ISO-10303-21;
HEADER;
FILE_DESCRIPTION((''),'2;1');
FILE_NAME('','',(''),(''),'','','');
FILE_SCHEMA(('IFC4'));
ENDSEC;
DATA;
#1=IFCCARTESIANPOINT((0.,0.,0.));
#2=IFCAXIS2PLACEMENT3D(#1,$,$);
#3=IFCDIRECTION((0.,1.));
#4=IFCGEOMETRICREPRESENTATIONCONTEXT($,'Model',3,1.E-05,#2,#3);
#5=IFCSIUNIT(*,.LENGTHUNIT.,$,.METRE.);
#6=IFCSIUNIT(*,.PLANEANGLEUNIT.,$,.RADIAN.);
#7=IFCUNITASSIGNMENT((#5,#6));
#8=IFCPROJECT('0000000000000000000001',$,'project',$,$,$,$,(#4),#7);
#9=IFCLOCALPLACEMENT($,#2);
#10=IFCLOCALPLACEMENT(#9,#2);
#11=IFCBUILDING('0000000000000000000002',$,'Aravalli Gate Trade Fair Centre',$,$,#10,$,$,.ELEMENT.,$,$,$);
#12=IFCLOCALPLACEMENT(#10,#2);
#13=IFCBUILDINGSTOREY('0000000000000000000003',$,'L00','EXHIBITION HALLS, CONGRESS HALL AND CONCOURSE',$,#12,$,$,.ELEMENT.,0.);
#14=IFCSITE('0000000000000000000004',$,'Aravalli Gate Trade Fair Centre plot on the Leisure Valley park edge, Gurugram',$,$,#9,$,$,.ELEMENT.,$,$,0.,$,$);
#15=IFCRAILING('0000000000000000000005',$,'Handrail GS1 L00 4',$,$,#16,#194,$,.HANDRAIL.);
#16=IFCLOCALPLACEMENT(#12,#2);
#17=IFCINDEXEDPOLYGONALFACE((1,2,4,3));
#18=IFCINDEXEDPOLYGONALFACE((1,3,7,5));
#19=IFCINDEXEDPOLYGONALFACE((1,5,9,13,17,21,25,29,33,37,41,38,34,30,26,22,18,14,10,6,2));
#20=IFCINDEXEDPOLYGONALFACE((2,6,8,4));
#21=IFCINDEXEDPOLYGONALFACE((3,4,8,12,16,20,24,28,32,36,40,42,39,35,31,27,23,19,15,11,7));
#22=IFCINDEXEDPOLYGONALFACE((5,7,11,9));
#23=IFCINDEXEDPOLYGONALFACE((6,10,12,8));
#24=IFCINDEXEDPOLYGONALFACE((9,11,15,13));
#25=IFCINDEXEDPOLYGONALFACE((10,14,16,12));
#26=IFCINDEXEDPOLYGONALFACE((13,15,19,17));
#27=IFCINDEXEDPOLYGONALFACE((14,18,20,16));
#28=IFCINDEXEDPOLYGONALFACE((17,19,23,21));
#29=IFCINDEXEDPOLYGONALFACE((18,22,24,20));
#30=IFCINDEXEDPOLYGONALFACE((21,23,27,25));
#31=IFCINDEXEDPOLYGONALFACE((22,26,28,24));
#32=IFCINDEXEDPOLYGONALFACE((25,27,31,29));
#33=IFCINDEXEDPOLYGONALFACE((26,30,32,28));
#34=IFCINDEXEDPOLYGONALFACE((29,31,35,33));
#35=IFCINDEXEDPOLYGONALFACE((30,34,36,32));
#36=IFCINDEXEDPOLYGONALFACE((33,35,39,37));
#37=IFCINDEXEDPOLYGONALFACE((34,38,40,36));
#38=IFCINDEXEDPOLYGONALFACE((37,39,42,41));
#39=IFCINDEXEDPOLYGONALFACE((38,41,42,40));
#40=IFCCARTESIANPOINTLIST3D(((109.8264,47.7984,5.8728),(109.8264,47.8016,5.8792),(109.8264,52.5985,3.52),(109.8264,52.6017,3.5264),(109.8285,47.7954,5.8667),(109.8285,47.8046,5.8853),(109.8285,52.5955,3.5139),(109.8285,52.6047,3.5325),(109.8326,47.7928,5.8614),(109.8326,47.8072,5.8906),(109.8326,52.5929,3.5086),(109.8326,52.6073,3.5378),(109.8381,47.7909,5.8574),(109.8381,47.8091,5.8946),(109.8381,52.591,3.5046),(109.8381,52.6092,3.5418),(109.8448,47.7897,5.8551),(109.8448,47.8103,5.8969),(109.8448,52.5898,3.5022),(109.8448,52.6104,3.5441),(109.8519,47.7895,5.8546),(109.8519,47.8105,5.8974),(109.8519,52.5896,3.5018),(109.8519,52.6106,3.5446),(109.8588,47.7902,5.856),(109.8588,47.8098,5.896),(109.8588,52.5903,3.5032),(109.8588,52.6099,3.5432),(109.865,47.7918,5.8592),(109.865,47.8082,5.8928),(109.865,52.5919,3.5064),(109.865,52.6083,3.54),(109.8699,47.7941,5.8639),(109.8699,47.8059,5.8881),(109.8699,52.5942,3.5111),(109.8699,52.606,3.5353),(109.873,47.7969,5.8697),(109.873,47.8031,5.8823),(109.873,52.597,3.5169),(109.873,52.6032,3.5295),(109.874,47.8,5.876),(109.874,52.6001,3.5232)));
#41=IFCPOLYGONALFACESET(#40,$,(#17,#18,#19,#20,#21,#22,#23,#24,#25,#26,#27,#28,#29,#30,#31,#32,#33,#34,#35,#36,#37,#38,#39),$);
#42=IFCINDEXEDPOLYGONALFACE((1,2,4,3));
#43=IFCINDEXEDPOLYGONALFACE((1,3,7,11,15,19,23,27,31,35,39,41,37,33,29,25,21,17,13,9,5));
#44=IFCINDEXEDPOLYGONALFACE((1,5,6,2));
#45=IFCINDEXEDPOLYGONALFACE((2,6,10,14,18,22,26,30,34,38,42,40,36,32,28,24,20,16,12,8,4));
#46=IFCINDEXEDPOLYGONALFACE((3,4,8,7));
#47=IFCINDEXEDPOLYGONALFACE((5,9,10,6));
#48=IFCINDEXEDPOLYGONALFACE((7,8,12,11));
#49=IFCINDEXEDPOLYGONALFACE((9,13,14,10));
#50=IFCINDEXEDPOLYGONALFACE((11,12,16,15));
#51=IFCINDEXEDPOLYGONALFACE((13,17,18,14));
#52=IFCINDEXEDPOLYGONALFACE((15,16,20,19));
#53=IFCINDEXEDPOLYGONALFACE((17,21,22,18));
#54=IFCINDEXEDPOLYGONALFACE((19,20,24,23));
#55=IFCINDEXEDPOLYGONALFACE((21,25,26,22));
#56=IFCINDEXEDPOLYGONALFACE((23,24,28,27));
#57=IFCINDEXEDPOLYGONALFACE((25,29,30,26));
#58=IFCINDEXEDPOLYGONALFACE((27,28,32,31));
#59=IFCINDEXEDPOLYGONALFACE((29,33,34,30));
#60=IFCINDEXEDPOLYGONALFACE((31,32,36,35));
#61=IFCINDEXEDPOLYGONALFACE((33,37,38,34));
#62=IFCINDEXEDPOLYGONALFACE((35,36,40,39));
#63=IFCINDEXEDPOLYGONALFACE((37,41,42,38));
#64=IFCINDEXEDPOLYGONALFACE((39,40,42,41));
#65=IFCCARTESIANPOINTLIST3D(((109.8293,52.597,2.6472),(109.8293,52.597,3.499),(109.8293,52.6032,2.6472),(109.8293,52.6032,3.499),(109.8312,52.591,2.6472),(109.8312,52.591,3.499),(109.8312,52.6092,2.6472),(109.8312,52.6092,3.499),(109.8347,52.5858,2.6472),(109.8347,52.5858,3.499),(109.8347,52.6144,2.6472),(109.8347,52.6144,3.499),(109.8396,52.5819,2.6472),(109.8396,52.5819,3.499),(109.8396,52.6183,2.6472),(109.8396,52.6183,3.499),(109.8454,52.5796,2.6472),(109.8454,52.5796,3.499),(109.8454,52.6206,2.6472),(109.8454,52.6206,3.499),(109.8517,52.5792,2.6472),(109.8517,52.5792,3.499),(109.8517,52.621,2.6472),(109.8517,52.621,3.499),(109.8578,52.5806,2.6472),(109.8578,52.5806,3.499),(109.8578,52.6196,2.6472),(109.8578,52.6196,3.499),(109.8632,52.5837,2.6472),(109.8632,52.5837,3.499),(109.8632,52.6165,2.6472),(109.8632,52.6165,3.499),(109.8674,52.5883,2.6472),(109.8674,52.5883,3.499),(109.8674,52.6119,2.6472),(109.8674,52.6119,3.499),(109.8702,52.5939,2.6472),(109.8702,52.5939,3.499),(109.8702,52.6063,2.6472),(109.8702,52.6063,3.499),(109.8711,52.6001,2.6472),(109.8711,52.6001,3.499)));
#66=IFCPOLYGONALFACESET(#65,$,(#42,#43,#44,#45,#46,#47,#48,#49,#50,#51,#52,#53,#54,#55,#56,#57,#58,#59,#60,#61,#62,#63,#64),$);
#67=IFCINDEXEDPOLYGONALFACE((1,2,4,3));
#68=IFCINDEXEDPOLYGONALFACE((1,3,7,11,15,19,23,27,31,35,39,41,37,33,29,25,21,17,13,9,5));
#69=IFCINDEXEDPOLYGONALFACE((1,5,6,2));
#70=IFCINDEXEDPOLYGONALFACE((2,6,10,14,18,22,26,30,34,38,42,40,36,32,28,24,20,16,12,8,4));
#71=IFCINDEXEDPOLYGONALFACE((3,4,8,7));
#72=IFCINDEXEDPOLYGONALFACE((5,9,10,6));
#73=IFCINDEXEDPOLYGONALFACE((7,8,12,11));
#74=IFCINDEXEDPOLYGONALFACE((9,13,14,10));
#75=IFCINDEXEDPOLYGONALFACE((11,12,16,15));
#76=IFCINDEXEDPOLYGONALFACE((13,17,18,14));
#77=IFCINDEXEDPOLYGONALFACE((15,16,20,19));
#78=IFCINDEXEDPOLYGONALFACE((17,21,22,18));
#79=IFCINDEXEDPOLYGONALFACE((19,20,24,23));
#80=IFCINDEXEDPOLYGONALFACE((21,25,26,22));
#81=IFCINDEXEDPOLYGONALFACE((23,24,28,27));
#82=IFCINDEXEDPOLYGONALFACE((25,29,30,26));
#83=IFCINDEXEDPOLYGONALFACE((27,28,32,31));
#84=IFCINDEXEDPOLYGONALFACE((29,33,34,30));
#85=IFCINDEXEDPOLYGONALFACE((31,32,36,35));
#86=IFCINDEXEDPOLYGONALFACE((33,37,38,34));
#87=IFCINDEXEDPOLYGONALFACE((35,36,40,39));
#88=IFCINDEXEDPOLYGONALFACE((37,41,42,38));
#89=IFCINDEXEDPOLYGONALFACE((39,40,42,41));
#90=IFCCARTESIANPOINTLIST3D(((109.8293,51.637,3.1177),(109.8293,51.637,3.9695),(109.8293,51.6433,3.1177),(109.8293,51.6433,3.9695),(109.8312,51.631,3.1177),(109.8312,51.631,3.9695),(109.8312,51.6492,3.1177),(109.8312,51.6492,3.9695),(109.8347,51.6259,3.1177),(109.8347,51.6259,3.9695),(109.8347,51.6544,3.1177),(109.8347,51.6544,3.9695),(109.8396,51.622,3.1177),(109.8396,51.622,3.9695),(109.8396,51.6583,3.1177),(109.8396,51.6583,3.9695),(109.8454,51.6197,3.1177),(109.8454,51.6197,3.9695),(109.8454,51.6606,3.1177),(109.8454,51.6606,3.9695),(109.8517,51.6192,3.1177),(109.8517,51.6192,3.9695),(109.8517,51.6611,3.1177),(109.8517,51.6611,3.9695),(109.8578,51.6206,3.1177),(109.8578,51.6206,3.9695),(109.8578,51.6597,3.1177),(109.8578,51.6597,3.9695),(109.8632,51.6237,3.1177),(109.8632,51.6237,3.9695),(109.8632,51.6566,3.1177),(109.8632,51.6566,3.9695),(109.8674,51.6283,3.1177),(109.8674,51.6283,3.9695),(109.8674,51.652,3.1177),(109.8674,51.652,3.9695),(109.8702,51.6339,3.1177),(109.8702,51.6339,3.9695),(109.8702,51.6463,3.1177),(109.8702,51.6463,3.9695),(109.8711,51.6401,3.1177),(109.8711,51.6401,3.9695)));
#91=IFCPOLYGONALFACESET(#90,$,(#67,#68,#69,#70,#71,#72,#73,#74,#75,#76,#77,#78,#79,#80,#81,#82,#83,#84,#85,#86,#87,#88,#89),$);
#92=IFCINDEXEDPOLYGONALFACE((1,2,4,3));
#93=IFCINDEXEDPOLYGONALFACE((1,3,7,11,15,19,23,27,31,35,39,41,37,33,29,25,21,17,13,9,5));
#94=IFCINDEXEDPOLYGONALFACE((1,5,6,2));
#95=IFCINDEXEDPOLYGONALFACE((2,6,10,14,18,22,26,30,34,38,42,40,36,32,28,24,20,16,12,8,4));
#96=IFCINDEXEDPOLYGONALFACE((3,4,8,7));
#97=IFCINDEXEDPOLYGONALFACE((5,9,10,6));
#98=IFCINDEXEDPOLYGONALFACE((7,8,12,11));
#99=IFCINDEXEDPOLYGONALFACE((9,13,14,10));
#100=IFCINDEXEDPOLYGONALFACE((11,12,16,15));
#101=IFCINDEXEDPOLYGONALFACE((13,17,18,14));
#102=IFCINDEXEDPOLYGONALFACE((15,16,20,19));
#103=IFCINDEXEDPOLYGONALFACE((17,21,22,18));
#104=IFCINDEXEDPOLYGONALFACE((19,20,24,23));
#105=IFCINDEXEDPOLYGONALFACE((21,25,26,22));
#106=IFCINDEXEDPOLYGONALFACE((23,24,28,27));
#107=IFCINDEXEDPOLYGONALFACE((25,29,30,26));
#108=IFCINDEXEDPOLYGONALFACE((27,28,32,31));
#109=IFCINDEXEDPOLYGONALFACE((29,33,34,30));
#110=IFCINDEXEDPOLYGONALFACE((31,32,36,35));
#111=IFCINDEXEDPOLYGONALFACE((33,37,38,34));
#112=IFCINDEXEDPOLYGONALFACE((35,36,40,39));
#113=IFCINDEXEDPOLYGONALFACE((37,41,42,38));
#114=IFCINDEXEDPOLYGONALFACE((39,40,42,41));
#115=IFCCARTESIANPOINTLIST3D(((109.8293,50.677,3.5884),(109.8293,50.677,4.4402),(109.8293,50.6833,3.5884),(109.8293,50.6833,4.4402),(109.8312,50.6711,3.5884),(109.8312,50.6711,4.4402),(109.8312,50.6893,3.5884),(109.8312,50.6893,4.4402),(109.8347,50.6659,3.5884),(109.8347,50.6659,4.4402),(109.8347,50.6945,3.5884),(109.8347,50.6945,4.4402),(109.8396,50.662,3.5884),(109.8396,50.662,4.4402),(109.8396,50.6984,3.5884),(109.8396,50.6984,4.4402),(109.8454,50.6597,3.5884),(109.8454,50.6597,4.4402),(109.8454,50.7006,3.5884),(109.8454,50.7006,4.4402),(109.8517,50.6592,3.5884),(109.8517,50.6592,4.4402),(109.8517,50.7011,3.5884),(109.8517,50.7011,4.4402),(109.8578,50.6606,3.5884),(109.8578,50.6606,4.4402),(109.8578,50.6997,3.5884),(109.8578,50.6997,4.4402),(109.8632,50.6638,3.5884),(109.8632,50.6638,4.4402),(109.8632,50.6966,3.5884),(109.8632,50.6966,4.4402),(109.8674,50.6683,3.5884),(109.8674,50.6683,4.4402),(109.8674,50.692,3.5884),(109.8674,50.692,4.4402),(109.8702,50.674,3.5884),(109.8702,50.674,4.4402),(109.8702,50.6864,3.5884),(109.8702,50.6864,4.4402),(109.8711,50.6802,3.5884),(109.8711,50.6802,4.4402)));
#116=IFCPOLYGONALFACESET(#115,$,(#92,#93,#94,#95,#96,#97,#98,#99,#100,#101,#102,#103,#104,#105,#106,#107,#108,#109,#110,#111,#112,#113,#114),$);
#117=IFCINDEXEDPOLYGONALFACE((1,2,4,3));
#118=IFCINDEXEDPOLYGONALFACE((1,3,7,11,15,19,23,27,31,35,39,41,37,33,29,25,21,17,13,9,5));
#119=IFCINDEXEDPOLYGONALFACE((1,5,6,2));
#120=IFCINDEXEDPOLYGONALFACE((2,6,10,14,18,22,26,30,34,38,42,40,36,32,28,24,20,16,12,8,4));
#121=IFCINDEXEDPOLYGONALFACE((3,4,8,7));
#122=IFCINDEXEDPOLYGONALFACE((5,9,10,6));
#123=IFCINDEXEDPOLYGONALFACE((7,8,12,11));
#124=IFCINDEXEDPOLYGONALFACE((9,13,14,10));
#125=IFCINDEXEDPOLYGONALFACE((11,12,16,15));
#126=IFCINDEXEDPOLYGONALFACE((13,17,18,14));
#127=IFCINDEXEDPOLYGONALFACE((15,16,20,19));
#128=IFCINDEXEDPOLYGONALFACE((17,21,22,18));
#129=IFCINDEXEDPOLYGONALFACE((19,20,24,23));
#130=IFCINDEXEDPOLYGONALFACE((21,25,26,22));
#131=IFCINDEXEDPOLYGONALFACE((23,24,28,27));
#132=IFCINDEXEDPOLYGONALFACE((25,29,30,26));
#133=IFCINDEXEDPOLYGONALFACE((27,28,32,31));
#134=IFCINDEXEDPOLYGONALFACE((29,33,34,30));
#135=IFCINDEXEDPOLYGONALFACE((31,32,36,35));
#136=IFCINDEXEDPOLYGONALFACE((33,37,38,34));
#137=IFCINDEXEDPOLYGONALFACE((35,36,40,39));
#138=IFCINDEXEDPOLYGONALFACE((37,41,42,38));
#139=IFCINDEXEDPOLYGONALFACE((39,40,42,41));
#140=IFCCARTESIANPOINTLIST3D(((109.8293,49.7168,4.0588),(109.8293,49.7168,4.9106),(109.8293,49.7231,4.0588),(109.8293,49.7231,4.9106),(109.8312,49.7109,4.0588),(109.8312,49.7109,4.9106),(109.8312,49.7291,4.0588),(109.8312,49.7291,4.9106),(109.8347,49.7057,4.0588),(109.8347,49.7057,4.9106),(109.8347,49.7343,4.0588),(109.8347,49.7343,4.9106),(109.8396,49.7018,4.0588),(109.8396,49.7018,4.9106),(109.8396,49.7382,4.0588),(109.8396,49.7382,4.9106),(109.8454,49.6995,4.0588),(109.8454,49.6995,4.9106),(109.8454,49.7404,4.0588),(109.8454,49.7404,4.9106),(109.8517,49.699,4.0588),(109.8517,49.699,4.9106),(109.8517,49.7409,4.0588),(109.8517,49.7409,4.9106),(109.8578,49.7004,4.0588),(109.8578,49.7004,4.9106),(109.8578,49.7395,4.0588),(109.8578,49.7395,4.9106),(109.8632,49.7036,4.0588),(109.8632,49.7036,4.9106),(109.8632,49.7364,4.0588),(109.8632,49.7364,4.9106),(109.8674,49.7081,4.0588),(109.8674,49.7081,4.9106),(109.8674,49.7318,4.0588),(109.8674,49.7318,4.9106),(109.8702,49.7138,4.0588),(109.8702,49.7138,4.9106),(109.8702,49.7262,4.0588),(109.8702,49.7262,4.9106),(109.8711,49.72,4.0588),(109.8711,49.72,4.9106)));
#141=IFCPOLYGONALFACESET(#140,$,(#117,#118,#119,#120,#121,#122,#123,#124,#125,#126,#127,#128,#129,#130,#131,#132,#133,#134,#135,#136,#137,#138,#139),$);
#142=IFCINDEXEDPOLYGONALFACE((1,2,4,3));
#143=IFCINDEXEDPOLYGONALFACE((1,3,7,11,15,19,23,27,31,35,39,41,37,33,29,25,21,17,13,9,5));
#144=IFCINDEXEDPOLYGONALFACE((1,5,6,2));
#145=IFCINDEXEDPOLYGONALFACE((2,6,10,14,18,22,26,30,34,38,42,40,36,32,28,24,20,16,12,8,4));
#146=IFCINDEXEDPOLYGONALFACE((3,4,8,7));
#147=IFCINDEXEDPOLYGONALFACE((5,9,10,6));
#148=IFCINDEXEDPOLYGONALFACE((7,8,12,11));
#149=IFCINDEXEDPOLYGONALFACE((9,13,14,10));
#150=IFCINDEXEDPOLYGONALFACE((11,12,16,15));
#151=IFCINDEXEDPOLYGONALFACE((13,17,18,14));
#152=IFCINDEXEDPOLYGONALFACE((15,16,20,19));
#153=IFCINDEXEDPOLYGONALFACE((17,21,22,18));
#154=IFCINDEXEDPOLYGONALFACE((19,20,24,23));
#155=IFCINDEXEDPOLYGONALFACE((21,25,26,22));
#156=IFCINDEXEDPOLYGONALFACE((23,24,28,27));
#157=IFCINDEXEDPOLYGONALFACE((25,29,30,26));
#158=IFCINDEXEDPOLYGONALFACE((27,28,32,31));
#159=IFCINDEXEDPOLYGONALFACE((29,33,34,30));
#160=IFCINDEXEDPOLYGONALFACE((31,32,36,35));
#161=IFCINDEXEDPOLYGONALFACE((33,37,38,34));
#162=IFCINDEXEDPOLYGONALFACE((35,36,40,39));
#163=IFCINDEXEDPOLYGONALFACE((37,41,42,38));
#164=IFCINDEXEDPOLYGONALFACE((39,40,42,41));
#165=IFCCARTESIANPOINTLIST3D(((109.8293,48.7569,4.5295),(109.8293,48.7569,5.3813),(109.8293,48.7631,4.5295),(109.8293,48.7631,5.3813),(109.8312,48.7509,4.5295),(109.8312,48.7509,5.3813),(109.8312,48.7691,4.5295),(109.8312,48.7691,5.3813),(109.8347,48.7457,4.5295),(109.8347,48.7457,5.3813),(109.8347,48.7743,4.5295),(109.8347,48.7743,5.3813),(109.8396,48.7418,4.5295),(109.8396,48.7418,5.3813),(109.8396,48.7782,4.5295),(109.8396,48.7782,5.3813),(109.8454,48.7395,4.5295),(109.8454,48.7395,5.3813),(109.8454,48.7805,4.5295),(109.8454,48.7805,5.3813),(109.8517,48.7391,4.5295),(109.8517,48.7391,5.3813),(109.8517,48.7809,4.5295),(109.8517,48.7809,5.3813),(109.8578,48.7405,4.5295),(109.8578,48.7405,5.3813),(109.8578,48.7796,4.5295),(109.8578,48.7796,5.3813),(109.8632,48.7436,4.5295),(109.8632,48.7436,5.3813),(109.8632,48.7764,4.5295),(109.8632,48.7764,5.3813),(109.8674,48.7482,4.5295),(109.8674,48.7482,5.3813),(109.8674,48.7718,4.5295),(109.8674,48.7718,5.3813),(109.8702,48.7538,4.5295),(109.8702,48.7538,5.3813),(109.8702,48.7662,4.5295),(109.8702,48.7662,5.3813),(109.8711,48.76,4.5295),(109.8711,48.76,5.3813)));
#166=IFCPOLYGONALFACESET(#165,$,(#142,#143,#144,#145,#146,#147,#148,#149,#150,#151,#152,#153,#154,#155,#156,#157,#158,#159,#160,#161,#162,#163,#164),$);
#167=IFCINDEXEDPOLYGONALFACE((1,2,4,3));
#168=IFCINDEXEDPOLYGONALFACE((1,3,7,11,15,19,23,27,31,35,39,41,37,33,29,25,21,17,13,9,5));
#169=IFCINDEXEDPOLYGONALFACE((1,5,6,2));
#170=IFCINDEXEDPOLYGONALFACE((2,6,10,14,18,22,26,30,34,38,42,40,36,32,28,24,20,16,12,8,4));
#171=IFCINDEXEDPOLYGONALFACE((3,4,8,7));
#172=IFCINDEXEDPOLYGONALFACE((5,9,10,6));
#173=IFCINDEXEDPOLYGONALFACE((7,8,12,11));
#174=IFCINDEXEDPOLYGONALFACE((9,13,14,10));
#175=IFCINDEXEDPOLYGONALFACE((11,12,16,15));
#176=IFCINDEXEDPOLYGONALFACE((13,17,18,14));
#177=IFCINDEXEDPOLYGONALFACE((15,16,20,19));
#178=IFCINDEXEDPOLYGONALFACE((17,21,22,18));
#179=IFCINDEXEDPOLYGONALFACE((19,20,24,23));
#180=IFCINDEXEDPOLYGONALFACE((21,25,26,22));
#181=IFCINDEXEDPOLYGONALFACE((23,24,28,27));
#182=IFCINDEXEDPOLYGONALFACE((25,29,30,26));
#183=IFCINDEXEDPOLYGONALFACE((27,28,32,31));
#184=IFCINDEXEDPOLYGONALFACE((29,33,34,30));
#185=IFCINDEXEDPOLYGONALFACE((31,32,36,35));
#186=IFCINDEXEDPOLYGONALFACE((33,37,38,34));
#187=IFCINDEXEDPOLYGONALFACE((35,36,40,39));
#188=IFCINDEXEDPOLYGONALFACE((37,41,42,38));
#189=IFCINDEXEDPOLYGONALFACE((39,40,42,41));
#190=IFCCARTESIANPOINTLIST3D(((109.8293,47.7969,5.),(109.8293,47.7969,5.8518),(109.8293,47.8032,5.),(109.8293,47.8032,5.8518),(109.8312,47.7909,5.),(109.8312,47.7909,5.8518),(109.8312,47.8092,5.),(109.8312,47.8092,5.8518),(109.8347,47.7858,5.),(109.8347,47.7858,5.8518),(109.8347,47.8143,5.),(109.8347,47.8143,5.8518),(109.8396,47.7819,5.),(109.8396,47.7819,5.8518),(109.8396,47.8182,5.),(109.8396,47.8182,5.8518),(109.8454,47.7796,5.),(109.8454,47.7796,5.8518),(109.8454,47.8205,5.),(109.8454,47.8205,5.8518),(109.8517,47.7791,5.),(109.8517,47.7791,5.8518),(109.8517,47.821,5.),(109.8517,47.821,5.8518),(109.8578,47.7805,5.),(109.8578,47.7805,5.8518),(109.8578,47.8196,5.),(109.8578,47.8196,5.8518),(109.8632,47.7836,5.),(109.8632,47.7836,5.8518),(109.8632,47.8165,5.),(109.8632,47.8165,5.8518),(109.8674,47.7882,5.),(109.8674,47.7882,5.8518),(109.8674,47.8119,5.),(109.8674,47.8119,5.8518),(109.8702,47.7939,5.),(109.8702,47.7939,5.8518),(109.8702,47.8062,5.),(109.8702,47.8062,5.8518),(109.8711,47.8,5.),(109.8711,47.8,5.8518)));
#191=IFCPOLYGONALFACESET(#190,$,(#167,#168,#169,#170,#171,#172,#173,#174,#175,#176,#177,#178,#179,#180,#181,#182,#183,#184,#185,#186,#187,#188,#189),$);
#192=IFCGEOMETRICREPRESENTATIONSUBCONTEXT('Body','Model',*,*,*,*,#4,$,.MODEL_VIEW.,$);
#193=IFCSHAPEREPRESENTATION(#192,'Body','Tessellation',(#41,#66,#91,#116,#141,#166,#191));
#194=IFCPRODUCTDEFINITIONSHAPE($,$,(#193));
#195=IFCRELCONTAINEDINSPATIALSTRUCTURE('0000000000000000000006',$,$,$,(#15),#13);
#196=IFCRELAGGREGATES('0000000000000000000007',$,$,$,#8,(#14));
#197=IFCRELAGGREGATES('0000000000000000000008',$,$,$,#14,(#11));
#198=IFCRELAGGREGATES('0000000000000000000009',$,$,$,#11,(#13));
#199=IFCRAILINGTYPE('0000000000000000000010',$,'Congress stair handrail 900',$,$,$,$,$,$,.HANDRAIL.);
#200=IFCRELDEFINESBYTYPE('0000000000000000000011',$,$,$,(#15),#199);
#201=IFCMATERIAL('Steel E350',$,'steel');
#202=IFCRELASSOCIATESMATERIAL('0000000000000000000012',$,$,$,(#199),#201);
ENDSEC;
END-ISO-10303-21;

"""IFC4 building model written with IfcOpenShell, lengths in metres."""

from ifc_helpers import new_model, si_unit, direction, frame, origin, origin_2d, place, context, subcontext, project, spatial, circle, extrude, material, type_object, element, save


model = new_model("IFC4")

# Units and contexts
model_context = context("Model", 3, precision=1e-05, world=origin(), true_north=direction((0.0, 1.0)))
body_context = subcontext(model_context, "Body", "Model", "MODEL_VIEW")
ifc_project = project(units=[si_unit("LENGTHUNIT", "METRE"), si_unit("PLANEANGLEUNIT", "RADIAN")], contexts=[model_context])

# Site, building, storey
site_placement = place(None, origin())
site = spatial("IfcSite", under=ifc_project, at=site_placement, Name="Aravalli Gate Trade Fair Centre plot on the Leisure Valley park edge, Gurugram", CompositionType="ELEMENT", RefElevation=0.0)
building_placement = place(site_placement, origin())
building = spatial("IfcBuilding", under=site, at=building_placement, Name="Aravalli Gate Trade Fair Centre", CompositionType="ELEMENT")
storey_placement = place(building_placement, origin())
storey = spatial("IfcBuildingStorey", under=building, at=storey_placement, Name="L00", Description="EXHIBITION HALLS, CONGRESS HALL AND CONCOURSE", CompositionType="ELEMENT", Elevation=0.0)

# Railing
ifc_material_1 = material(Name="Steel E350", Category="steel")
railing_type = type_object("IfcRailingType", Name="Congress stair handrail 900", PredefinedType="HANDRAIL", material=ifc_material_1)
for number, where, name in (
    (1, (109.8501, 52.6001, 2.6472), "Handrail GS1 L00 4"),
):
    element("IfcRailing", number, at=place(storey_placement, frame(where)), inside=storey, type_object=railing_type, Name=name, PredefinedType="HANDRAIL", context=body_context, shape_type="SweptSolid", body=[
        extrude(circle(Radius=0.0239, at=origin_2d()), frame((0.0, 0.0, 0.876), z_axis=(0.0, -0.897934, 0.44013), x_axis=(1.0, 0.0, 0.0)), (0.0, 0.0, 1.0), 5.3457),
        extrude(circle(Radius=0.021, at=origin_2d()), origin(), (0.0, 0.0, 1.0), 0.8518),
        extrude(circle(Radius=0.021, at=origin_2d()), frame((0.0, -0.96, 0.4705)), (0.0, 0.0, 1.0), 0.8518),
        extrude(circle(Radius=0.021, at=origin_2d()), frame((0.0, -1.9199, 0.9412)), (0.0, 0.0, 1.0), 0.8518),
        extrude(circle(Radius=0.021, at=origin_2d()), frame((0.0, -2.8801, 1.4116)), (0.0, 0.0, 1.0), 0.8518),
        extrude(circle(Radius=0.021, at=origin_2d()), frame((0.0, -3.8401, 1.8823)), (0.0, 0.0, 1.0), 0.8518),
        extrude(circle(Radius=0.021, at=origin_2d()), frame((0.0, -4.8, 2.3528)), (0.0, 0.0, 1.0), 0.8518),
    ])

save(model, "model.ifc")
